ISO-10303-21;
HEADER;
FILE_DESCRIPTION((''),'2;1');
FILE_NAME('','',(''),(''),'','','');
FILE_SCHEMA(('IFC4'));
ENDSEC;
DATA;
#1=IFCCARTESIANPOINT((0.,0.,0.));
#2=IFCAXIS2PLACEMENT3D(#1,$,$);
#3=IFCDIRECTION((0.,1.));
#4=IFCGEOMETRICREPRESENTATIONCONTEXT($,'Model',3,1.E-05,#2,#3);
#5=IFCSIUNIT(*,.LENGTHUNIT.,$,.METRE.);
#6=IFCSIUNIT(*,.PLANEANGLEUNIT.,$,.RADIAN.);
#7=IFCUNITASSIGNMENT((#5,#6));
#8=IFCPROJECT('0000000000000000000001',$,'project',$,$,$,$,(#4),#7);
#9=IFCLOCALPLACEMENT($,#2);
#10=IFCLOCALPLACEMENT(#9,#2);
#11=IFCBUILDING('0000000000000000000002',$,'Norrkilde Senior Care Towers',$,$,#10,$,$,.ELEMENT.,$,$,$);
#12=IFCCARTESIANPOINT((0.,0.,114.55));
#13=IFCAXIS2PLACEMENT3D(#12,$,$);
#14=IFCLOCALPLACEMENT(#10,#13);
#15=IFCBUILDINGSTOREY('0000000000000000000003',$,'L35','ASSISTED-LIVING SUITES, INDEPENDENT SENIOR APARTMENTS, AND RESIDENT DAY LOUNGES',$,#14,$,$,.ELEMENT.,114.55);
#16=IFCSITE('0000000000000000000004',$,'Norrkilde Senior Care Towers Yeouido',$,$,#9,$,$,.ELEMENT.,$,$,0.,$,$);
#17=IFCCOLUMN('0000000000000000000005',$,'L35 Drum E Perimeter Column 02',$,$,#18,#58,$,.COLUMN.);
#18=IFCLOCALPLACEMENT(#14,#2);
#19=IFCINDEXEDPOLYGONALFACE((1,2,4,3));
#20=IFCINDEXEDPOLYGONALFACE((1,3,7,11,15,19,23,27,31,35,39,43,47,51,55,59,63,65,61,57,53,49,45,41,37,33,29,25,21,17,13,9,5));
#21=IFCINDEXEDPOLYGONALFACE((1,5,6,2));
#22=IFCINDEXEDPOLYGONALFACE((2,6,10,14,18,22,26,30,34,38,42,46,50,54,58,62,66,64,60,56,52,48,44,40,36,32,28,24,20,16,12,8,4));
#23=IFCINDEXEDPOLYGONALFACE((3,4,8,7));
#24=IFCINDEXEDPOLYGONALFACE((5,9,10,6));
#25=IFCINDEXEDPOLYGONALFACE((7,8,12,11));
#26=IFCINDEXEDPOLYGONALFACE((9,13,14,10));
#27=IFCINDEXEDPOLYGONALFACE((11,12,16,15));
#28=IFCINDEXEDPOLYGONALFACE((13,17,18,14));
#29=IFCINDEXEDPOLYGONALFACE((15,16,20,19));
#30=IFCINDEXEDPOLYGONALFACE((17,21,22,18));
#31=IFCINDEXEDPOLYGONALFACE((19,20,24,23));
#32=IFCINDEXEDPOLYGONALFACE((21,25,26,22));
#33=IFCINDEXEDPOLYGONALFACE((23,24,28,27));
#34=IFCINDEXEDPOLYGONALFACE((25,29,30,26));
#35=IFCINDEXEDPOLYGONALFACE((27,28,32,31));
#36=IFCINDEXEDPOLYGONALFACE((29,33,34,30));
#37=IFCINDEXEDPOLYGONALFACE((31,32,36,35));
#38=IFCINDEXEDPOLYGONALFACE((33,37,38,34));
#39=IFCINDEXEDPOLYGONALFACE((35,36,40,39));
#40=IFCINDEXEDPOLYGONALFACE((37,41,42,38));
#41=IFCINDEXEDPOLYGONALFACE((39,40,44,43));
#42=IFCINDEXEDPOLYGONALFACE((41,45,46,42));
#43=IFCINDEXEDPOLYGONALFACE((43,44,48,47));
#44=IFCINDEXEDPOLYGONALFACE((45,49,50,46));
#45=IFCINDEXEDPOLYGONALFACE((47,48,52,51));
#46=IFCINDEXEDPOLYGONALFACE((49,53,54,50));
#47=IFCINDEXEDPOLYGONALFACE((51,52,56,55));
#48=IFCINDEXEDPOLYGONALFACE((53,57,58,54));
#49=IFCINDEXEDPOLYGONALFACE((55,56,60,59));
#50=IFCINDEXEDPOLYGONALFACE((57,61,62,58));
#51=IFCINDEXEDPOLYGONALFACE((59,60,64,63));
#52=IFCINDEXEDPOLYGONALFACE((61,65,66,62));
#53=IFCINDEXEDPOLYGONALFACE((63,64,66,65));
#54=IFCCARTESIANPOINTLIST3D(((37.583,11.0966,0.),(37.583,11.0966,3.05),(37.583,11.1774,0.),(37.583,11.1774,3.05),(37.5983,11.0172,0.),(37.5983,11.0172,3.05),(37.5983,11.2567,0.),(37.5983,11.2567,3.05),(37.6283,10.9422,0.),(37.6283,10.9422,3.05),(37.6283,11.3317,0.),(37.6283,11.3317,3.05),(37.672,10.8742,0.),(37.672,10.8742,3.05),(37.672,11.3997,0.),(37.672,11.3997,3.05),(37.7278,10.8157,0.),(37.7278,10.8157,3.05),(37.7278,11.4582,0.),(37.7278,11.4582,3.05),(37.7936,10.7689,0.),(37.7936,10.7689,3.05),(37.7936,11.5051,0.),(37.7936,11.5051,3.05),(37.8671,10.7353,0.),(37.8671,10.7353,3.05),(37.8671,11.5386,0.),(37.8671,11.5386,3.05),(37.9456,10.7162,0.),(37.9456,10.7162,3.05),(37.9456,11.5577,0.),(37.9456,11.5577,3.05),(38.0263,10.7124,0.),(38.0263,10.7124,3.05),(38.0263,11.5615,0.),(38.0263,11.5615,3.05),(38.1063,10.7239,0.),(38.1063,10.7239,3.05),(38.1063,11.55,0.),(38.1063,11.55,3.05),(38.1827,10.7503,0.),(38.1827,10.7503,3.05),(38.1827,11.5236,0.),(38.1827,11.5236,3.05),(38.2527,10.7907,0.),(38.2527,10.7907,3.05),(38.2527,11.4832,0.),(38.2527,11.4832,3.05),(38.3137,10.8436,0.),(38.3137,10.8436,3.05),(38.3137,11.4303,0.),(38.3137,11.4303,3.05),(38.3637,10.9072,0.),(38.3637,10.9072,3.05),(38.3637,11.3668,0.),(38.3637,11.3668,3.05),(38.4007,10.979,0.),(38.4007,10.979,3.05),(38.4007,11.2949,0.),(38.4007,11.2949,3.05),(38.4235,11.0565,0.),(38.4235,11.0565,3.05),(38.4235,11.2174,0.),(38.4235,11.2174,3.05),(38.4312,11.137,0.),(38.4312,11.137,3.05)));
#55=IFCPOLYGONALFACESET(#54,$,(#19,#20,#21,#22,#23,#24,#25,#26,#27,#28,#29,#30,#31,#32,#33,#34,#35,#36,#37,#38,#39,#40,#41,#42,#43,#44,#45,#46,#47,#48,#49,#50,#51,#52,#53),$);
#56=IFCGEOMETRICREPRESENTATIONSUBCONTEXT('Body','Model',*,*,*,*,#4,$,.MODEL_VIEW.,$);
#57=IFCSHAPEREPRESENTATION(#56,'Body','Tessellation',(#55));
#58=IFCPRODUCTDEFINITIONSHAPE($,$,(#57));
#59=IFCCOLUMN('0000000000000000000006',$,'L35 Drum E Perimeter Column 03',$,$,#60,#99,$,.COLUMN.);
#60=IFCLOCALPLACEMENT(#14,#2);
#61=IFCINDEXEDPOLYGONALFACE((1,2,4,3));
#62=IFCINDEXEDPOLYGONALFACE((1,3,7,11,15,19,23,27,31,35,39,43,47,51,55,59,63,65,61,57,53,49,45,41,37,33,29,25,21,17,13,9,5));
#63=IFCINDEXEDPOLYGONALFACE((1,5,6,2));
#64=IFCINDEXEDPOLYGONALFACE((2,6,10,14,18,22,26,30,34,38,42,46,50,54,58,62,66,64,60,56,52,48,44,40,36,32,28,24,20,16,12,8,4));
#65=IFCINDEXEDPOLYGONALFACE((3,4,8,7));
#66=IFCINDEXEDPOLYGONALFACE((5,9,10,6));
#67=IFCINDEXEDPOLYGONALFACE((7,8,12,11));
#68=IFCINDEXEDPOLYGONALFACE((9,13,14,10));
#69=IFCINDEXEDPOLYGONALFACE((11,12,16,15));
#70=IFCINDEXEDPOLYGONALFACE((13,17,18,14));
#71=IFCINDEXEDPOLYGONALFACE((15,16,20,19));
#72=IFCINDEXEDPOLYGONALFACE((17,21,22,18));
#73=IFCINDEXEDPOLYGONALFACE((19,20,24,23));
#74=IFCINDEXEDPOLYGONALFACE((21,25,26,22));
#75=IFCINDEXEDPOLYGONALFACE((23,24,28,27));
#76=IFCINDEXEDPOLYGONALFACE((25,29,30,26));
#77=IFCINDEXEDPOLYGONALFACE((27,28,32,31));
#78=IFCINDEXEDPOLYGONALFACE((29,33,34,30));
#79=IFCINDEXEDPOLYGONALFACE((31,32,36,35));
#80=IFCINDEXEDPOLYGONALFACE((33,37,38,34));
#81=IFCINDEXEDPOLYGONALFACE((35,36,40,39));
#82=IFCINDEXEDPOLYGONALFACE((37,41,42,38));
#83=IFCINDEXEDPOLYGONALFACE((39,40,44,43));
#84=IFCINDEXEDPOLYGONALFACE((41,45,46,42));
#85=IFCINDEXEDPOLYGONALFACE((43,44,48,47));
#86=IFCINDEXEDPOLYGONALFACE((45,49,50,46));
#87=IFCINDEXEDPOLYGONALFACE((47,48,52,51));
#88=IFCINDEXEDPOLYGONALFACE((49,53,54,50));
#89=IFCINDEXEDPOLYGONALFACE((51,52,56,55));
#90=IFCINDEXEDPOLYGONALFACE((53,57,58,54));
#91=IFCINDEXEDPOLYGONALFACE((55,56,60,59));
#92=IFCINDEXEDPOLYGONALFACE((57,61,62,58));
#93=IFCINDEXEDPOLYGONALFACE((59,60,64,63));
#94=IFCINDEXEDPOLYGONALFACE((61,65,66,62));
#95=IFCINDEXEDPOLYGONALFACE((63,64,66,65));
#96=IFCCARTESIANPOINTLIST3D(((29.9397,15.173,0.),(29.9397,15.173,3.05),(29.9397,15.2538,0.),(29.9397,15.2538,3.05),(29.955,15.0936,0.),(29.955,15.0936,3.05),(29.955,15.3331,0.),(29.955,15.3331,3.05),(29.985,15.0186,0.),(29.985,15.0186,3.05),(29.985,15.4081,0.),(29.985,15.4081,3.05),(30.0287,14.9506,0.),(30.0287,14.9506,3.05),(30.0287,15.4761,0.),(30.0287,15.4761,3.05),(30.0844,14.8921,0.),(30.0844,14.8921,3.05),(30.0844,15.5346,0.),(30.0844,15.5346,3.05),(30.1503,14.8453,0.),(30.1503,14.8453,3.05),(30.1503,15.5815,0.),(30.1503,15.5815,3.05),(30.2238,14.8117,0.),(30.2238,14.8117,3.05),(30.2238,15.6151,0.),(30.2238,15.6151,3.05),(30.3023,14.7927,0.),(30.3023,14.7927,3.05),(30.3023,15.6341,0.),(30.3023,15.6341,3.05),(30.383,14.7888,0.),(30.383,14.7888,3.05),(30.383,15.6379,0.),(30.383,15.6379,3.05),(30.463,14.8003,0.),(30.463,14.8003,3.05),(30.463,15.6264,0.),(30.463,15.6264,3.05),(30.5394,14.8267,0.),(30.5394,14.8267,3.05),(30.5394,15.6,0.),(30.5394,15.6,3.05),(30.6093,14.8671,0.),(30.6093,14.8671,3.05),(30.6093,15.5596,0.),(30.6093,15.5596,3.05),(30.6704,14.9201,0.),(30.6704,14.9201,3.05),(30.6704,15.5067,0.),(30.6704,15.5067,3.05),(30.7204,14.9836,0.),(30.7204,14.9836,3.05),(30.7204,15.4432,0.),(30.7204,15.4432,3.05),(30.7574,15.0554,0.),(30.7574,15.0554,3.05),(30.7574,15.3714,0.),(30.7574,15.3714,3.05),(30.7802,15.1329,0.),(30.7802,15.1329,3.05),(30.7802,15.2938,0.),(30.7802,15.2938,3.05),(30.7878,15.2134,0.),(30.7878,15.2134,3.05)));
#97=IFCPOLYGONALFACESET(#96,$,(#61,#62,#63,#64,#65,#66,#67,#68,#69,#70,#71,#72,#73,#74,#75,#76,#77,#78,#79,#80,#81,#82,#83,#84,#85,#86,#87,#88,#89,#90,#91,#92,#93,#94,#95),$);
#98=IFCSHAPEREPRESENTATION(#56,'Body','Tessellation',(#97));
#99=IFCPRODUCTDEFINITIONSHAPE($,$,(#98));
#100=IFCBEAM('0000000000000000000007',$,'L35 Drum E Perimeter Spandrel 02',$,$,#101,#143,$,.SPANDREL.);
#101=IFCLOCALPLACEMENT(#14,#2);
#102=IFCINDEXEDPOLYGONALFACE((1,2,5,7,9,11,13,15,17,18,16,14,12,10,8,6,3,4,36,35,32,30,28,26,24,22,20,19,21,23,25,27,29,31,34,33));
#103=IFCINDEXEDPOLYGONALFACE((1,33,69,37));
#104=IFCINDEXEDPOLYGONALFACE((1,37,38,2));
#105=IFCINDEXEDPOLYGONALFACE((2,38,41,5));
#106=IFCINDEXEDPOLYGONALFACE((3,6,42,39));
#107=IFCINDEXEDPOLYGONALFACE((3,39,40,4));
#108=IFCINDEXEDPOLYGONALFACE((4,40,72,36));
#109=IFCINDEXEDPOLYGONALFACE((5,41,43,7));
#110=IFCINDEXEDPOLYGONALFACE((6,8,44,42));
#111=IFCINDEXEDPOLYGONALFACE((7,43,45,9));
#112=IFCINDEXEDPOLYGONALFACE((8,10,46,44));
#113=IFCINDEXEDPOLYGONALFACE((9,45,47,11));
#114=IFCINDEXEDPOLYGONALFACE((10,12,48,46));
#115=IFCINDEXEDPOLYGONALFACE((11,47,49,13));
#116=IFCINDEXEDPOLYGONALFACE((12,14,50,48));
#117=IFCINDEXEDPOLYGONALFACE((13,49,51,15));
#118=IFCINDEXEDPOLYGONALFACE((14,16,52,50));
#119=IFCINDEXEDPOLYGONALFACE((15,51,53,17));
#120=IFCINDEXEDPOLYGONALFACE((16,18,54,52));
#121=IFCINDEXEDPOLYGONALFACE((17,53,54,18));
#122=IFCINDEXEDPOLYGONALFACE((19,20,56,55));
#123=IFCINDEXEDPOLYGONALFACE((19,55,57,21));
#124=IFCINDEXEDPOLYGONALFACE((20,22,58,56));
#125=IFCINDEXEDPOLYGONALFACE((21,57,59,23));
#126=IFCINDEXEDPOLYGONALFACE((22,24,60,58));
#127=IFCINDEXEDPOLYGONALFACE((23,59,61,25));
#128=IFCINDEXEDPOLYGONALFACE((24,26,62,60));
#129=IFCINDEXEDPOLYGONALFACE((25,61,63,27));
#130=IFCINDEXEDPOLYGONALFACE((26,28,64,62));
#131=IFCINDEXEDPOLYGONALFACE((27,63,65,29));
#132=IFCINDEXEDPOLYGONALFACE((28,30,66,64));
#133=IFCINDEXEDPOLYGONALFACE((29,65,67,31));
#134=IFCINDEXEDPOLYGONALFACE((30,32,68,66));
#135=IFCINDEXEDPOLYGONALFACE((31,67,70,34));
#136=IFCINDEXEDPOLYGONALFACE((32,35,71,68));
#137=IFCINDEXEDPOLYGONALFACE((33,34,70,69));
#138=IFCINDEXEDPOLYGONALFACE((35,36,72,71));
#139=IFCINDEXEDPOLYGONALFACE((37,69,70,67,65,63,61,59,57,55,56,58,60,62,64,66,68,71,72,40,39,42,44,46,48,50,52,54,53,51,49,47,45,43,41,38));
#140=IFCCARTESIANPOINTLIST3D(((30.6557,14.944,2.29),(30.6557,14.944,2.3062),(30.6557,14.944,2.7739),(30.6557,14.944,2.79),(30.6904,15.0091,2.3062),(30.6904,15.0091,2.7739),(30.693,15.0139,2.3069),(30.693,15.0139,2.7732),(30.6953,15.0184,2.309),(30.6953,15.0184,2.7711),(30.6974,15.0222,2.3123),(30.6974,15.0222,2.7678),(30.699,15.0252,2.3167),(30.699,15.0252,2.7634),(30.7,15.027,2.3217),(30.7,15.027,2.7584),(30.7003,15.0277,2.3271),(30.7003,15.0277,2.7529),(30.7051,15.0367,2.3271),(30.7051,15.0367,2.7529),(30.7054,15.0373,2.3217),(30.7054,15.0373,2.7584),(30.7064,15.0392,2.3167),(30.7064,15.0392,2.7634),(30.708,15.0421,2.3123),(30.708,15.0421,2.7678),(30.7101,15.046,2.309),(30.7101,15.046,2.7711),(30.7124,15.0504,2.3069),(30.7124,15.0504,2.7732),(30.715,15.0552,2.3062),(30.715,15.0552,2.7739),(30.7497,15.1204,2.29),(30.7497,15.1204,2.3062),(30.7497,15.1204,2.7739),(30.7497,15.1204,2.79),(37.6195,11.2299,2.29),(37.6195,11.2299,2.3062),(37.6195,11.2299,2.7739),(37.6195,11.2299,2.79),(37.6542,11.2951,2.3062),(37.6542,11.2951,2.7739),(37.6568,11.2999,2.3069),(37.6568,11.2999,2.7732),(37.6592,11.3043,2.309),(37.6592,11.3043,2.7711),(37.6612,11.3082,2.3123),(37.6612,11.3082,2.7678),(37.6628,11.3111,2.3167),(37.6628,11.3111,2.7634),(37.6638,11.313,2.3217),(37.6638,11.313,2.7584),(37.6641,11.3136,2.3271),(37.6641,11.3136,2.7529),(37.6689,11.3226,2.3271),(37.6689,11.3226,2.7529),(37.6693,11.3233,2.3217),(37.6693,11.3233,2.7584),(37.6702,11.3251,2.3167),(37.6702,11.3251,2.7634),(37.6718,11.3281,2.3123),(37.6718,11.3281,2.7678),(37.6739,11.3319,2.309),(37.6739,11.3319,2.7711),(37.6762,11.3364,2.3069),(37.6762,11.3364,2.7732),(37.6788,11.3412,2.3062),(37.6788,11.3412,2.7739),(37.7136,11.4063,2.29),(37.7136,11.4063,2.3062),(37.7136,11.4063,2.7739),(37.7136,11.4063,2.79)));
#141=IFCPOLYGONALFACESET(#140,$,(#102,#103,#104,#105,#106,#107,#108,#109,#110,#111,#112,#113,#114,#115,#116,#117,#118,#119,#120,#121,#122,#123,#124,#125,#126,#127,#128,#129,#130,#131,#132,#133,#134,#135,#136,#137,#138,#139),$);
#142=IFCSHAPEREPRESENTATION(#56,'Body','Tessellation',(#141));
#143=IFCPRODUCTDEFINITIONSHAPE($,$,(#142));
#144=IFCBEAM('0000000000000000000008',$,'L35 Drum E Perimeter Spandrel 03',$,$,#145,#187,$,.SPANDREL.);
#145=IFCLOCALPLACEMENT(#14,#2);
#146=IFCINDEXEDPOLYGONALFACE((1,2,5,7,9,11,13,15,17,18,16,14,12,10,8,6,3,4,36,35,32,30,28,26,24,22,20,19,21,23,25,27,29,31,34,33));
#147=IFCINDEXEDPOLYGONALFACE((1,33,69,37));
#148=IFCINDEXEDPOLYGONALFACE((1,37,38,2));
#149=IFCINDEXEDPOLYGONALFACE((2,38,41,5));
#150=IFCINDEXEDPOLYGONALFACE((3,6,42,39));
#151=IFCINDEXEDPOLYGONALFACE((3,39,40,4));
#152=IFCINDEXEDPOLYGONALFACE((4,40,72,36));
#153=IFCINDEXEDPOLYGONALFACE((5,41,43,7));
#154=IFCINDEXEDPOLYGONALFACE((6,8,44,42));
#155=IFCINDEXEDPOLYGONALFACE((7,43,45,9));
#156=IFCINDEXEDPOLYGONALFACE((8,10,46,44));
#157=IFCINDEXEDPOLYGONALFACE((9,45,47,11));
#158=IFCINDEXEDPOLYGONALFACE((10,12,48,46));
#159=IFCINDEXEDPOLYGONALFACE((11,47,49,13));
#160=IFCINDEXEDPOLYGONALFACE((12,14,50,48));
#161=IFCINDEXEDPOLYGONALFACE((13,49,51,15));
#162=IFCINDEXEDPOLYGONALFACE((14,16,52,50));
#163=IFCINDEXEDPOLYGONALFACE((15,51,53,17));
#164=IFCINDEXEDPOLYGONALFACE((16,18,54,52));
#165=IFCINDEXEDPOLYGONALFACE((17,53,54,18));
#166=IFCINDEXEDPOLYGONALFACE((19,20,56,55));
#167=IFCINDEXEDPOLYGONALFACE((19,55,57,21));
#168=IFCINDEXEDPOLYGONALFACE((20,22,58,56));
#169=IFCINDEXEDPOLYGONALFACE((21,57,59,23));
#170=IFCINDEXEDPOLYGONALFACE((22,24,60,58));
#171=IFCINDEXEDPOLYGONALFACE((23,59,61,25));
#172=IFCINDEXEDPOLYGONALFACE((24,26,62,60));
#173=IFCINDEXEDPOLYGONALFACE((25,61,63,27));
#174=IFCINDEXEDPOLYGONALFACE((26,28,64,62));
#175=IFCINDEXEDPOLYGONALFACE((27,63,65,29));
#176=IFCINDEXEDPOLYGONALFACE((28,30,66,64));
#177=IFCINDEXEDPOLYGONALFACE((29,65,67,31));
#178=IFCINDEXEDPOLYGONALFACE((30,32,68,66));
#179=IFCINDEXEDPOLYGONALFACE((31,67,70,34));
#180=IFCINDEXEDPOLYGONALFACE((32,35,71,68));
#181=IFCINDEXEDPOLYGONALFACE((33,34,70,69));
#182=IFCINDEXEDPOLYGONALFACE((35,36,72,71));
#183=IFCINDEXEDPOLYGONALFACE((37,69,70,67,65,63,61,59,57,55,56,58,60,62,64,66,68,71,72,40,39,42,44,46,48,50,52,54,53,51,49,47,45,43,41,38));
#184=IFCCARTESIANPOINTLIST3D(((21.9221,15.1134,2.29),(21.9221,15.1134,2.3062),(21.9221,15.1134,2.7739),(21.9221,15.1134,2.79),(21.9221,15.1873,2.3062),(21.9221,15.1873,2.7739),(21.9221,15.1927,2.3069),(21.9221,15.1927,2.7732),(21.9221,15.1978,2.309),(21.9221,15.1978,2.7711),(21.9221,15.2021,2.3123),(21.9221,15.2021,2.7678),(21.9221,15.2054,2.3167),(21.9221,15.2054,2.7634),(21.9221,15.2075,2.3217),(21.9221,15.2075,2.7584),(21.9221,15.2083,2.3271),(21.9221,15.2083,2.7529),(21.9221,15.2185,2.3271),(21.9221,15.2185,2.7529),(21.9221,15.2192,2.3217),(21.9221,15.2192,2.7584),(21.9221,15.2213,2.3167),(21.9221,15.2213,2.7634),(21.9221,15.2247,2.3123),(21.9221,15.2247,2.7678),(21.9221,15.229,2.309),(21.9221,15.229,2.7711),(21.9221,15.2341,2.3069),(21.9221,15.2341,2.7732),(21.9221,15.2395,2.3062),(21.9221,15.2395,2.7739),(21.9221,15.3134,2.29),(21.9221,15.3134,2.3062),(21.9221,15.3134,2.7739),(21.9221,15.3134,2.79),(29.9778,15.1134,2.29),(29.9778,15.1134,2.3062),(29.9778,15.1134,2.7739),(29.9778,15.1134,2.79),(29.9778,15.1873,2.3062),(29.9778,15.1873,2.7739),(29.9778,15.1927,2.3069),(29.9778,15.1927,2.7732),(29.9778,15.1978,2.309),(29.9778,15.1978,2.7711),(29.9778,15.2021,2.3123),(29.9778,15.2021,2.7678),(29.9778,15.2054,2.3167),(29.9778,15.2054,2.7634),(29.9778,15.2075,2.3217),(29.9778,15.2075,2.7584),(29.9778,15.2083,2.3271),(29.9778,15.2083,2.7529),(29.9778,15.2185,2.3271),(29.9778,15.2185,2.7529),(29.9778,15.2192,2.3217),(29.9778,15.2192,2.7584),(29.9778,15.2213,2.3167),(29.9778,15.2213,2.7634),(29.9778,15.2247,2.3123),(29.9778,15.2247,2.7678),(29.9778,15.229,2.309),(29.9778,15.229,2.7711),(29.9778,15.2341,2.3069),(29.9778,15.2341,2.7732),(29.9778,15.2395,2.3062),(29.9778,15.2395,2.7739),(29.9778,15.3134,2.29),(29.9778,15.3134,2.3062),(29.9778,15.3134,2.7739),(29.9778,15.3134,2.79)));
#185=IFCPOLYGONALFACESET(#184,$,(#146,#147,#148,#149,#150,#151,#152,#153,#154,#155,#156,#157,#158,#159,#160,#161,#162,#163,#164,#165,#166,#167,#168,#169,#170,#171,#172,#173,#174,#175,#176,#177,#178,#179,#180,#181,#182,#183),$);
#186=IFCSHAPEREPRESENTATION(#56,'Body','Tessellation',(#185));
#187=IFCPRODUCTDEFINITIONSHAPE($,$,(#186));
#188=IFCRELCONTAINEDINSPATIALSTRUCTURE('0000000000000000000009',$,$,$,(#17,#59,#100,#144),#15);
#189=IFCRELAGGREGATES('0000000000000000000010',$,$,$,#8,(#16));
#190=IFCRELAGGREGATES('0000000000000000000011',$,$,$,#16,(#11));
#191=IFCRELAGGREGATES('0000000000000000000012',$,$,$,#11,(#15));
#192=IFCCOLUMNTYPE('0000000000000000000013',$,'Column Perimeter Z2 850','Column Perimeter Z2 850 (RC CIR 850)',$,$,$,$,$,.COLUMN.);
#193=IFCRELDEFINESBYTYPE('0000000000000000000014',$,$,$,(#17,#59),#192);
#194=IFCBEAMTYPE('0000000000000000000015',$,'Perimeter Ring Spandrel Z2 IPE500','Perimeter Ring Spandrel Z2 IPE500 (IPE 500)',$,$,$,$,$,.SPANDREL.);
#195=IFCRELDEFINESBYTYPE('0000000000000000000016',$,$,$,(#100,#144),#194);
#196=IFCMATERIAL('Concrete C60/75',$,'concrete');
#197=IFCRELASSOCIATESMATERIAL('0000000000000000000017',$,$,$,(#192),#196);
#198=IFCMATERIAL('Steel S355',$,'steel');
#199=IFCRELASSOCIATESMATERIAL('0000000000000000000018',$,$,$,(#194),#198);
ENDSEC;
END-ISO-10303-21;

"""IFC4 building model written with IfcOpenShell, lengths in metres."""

from ifc_helpers import new_model, si_unit, direction, frame, origin, origin_2d, place, context, subcontext, project, spatial, circle, i_section, extrude, source, transform, mapped, material, material_profile, profile_set, type_object, type_shapes, element, save


model = new_model("IFC4")

# Units and contexts
model_context = context("Model", 3, precision=1e-05, world=origin(), true_north=direction((0.0, 1.0)))
body_context = subcontext(model_context, "Body", "Model", "MODEL_VIEW")
ifc_project = project(units=[si_unit("LENGTHUNIT", "METRE"), si_unit("PLANEANGLEUNIT", "RADIAN")], contexts=[model_context])

# Site, building, storey
site_placement = place(None, origin())
site = spatial("IfcSite", under=ifc_project, at=site_placement, Name="Norrkilde Senior Care Towers Yeouido", CompositionType="ELEMENT", RefElevation=0.0)
building_placement = place(site_placement, origin())
building = spatial("IfcBuilding", under=site, at=building_placement, Name="Norrkilde Senior Care Towers", CompositionType="ELEMENT")
storey_placement = place(building_placement, frame((0.0, 0.0, 114.55)))
storey = spatial("IfcBuildingStorey", under=building, at=storey_placement, Name="L35", Description="ASSISTED-LIVING SUITES, INDEPENDENT SENIOR APARTMENTS, AND RESIDENT DAY LOUNGES", CompositionType="ELEMENT", Elevation=114.55)

# Columns
ifc_material_1 = material(Name="Concrete C60/75", Category="concrete")
ifc_material_profile_1 = material_profile(ifc_material_1, circle(Radius=0.425, at=origin_2d()), Name="RC CIR 850")
ifc_profile_set_1 = profile_set([ifc_material_profile_1], Name="Concrete C60/75")
column_type = type_object("IfcColumnType", Name="Column Perimeter Z2 850", Description="Column Perimeter Z2 850 (RC CIR 850)", PredefinedType="COLUMN", material=ifc_profile_set_1)
shared_shape_1 = source(origin(), body_context, "Body", "SweptSolid", [
    extrude(circle(Radius=0.425, at=origin_2d()), origin(), (0.0, 0.0, 1.0), 3.05),
])
type_shapes(column_type, [shared_shape_1])
for number, where, z_axis, x_axis, name in (
    (1, (38.0061, 11.137, 0.0), (0.0, 0.0, 1.0), (1.0, 0.0, 0.0), "L35 Drum E Perimeter Column 02"),
    (2, (30.3628, 15.2134, 0.0), (0.0, 0.0, 1.0), (1.0, 0.0, 0.0), "L35 Drum E Perimeter Column 03"),
):
    element("IfcColumn", number, at=place(storey_placement, frame(where, z_axis=z_axis, x_axis=x_axis)), inside=storey, type_object=column_type, Name=name, PredefinedType="COLUMN", context=body_context, shape_type="MappedRepresentation", body=[
        mapped(shared_shape_1, transform((0.0, 0.0, 0.0), x_axis=(1.0, 0.0, 0.0), y_axis=(0.0, 1.0, 0.0), z_axis=(0.0, 0.0, 1.0), scale=1.0)),
    ])

# Beams
ifc_material_2 = material(Name="Steel S355", Category="steel")
ifc_material_profile_2 = material_profile(ifc_material_2, i_section(OverallWidth=0.2, OverallDepth=0.5, WebThickness=0.0103, FlangeThickness=0.0161, FilletRadius=0.021, at=origin_2d()), Name="IPE 500")
ifc_profile_set_2 = profile_set([ifc_material_profile_2], Name="Steel S355")
beam_type = type_object("IfcBeamType", Name="Perimeter Ring Spandrel Z2 IPE500", Description="Perimeter Ring Spandrel Z2 IPE500 (IPE 500)", PredefinedType="SPANDREL", material=ifc_profile_set_2)
shared_shape_2 = source(origin(), body_context, "Body", "SweptSolid", [
    extrude(i_section(OverallWidth=0.2, OverallDepth=0.5, WebThickness=0.0103, FlangeThickness=0.0161, FilletRadius=0.021, at=origin_2d()), origin(), (0.0, 0.0, 1.0), 7.8923),
])
beam_1_placement = place(storey_placement, frame((37.6665, 11.3181, 2.54), z_axis=(-0.88235, 0.470593, 0.0), x_axis=(-0.470593, -0.88235, 0.0)))
element("IfcBeam", 3, at=beam_1_placement, inside=storey, type_object=beam_type, Name="L35 Drum E Perimeter Spandrel 02", PredefinedType="SPANDREL", context=body_context, shape_type="MappedRepresentation", body=[
    mapped(shared_shape_2, transform((0.0, 0.0, 0.0), x_axis=(1.0, 0.0, 0.0), y_axis=(0.0, 1.0, 0.0), z_axis=(0.0, 0.0, 1.0), scale=1.0)),
])
shared_shape_3 = source(origin(), body_context, "Body", "SweptSolid", [
    extrude(i_section(OverallWidth=0.2, OverallDepth=0.5, WebThickness=0.0103, FlangeThickness=0.0161, FilletRadius=0.021, at=origin_2d()), origin(), (0.0, 0.0, 1.0), 8.0557),
])
type_shapes(beam_type, [shared_shape_2, shared_shape_3])
beam_2_placement = place(storey_placement, frame((29.9778, 15.2134, 2.54), z_axis=(-1.0, 0.0, 0.0), x_axis=(0.0, -1.0, 0.0)))
element("IfcBeam", 4, at=beam_2_placement, inside=storey, type_object=beam_type, Name="L35 Drum E Perimeter Spandrel 03", PredefinedType="SPANDREL", context=body_context, shape_type="MappedRepresentation", body=[
    mapped(shared_shape_3, transform((0.0, 0.0, 0.0), x_axis=(1.0, 0.0, 0.0), y_axis=(0.0, 1.0, 0.0), z_axis=(0.0, 0.0, 1.0), scale=1.0)),
])

save(model, "model.ifc")
